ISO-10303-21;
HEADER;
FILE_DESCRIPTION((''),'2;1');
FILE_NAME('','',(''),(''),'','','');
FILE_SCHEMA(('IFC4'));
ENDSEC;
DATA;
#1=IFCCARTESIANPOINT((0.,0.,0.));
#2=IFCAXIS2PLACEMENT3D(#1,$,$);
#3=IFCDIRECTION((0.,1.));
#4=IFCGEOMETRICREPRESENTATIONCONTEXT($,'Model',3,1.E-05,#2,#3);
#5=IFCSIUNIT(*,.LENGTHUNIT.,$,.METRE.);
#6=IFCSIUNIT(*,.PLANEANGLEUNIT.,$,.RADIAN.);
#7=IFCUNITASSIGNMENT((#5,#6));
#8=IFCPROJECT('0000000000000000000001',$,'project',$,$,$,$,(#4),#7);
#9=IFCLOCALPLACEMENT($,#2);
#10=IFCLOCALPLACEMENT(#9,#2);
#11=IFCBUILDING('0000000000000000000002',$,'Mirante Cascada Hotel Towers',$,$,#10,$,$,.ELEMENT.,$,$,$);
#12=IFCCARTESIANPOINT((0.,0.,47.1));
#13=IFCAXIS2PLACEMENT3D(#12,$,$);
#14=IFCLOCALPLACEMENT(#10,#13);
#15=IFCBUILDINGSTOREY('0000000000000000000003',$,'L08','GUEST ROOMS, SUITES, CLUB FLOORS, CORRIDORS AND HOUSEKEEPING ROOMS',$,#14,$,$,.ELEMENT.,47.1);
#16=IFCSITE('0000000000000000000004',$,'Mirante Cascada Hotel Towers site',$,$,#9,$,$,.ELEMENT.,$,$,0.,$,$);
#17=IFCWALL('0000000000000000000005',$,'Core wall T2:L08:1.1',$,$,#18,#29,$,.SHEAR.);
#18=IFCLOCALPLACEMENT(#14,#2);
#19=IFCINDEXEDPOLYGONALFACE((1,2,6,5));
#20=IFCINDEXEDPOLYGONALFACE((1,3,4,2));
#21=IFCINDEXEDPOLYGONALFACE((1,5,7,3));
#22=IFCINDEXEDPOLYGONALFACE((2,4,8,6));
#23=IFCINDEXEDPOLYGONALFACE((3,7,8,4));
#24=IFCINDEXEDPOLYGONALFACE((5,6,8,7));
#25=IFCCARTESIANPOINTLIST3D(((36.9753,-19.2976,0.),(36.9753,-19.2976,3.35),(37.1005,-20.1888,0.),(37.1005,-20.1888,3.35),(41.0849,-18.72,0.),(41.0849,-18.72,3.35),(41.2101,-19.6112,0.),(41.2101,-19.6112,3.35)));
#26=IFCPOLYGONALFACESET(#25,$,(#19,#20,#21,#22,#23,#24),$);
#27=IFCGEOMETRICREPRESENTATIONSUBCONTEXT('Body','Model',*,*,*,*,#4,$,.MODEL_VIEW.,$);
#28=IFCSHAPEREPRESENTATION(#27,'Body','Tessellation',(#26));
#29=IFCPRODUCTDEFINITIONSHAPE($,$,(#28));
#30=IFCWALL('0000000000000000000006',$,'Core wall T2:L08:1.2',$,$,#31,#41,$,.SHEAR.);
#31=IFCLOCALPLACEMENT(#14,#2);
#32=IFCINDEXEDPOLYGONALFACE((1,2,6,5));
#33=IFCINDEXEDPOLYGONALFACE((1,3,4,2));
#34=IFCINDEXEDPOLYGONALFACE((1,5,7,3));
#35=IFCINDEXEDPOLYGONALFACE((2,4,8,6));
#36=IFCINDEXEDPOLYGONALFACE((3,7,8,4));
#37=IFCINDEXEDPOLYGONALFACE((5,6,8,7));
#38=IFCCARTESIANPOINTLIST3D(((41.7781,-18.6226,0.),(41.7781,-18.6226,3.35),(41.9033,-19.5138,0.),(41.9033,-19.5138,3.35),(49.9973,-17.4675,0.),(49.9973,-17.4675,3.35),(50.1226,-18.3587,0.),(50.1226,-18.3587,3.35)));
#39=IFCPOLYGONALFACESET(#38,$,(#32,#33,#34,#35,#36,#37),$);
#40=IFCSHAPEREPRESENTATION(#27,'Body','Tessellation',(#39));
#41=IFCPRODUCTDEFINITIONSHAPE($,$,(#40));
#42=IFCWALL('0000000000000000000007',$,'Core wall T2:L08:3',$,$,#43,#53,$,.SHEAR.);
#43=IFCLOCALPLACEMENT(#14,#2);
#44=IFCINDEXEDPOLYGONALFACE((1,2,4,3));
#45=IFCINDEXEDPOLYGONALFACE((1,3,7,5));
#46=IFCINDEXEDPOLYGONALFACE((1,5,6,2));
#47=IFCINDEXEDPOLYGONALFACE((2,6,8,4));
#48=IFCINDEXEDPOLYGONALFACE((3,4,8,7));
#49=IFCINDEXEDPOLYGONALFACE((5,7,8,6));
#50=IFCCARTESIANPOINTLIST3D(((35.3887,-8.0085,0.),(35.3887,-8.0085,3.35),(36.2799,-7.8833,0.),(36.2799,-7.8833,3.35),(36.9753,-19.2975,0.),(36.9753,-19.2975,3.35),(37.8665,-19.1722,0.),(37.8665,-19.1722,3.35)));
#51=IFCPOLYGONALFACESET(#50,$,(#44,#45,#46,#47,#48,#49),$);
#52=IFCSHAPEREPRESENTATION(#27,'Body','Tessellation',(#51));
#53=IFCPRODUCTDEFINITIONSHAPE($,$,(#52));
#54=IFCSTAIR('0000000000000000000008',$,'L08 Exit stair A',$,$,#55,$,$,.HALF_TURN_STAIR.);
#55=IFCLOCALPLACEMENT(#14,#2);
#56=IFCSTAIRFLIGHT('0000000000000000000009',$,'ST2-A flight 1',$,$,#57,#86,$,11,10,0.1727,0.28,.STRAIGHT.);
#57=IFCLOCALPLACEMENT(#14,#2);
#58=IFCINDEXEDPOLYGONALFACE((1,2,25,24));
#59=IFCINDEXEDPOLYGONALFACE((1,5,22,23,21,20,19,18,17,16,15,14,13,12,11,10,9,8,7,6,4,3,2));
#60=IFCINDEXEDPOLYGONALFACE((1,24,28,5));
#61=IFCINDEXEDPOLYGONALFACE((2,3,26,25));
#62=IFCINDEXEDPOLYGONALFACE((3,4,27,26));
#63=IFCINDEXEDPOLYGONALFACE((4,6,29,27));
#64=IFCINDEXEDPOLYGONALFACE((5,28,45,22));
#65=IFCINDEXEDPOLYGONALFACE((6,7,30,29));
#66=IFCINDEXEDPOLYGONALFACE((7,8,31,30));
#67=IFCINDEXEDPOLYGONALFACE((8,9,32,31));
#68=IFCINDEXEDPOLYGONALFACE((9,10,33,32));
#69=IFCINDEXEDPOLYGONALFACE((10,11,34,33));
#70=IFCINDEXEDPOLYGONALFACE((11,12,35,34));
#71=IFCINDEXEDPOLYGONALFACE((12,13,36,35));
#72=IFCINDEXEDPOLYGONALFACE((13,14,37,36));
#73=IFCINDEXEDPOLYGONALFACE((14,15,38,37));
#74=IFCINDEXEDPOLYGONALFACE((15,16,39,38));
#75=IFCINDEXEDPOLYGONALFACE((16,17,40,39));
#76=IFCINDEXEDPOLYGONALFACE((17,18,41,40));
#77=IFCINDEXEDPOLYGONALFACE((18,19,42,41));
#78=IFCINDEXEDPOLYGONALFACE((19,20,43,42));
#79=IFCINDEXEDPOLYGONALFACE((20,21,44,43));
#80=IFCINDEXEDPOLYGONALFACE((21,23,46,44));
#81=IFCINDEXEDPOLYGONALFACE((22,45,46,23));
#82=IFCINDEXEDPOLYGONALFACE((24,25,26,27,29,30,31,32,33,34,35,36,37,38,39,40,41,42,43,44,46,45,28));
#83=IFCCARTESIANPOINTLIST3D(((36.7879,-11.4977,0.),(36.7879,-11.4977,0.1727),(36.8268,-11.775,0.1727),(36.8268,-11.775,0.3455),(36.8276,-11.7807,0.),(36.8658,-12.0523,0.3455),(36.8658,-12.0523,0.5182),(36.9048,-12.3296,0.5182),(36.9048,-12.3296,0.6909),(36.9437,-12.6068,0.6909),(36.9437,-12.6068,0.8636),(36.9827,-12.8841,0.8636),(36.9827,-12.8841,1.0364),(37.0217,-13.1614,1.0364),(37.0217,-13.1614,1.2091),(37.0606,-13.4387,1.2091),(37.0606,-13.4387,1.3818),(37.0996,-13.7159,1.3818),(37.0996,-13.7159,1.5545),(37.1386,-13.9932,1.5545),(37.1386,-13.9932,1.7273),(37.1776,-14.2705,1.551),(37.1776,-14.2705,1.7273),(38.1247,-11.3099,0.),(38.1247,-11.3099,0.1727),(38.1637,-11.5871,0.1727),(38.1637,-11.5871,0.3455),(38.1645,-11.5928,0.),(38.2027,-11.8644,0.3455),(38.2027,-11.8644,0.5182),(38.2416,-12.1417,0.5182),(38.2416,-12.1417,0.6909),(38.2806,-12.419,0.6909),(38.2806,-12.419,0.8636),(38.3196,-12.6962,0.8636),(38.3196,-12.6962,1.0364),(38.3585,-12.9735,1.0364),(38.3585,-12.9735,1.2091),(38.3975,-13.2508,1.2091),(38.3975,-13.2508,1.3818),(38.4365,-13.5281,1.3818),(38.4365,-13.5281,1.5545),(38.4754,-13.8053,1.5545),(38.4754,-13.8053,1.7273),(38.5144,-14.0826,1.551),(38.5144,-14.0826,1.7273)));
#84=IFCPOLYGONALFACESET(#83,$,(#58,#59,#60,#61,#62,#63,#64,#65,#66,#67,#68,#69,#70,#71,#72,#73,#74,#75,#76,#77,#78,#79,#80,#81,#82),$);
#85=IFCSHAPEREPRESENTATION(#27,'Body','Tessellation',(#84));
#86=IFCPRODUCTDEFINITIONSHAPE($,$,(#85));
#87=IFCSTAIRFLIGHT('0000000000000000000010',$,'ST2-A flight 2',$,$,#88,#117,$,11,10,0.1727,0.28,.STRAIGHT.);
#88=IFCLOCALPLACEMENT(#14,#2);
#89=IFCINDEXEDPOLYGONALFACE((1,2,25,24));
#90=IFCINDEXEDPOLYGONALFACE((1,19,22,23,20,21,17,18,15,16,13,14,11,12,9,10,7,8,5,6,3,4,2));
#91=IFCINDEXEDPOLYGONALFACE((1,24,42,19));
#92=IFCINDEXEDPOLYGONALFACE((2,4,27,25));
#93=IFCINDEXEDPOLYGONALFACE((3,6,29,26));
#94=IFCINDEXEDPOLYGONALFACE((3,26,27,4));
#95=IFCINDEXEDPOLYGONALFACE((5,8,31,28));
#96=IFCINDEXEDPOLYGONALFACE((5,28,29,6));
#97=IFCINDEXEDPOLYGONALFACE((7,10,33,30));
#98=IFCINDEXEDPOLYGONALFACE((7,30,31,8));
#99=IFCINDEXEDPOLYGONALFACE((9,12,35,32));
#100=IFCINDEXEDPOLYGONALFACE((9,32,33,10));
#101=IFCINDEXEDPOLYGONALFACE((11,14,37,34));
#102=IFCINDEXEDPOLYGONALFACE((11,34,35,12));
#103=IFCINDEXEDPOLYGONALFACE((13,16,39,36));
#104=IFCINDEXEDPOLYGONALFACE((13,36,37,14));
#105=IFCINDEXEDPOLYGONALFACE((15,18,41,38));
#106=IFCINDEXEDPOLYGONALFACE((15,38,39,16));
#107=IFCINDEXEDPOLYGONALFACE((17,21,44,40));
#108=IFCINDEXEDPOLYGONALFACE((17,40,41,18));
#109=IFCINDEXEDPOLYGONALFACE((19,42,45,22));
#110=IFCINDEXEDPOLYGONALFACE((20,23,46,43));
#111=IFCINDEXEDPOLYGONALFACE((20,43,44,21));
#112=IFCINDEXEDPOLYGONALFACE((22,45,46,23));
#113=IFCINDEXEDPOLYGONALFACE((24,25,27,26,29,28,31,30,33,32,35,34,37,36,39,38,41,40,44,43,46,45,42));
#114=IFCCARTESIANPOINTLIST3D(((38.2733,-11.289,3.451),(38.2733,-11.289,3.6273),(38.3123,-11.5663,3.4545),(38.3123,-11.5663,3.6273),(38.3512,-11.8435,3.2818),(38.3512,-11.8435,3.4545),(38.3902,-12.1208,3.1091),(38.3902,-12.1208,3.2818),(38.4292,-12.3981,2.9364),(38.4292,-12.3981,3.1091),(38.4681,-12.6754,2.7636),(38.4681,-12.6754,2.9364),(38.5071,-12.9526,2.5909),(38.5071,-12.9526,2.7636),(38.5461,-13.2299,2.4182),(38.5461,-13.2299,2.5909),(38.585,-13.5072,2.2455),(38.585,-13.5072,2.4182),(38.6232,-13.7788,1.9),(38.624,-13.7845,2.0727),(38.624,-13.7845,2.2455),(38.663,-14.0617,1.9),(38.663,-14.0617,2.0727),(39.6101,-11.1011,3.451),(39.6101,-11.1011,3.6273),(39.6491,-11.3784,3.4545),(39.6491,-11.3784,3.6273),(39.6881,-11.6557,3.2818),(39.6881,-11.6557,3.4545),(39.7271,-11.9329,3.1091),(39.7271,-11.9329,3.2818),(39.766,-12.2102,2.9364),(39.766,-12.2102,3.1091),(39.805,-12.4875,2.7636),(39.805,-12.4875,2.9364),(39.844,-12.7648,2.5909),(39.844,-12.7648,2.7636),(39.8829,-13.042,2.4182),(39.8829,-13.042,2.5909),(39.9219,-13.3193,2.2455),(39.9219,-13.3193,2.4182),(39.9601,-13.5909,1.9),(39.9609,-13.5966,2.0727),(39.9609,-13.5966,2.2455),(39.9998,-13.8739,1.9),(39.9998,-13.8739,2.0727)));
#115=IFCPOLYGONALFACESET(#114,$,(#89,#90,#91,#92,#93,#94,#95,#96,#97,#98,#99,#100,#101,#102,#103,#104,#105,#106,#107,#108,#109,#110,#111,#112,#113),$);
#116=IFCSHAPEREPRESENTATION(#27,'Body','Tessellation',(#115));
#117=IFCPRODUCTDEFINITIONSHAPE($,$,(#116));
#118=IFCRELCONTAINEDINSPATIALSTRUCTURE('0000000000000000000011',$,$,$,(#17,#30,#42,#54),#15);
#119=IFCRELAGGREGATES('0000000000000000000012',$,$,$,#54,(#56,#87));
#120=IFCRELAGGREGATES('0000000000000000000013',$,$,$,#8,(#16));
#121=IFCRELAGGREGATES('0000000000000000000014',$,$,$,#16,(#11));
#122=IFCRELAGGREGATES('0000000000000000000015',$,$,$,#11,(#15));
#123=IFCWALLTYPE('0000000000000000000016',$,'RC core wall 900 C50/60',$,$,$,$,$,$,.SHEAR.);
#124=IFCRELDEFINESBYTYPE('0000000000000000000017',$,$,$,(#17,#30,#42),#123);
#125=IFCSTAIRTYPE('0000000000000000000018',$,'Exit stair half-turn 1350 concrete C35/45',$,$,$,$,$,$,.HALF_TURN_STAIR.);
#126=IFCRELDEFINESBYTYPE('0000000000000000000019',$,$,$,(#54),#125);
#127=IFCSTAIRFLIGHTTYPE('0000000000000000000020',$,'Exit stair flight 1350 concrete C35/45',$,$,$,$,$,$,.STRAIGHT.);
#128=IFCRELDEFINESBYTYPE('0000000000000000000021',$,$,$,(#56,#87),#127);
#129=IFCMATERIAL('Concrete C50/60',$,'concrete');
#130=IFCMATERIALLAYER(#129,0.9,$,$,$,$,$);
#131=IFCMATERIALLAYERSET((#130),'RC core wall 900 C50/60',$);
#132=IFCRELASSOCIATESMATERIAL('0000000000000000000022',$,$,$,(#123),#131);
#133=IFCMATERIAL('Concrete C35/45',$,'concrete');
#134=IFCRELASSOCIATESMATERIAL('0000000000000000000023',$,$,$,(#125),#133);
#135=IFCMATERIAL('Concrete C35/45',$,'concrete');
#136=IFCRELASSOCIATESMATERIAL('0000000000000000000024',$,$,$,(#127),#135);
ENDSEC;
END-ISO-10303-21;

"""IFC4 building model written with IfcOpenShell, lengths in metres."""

from ifc_helpers import new_model, si_unit, direction, frame, frame_2d, origin, place, context, subcontext, project, spatial, polyline, rectangle, outline, extrude, material, layer, layer_set, type_object, element, aggregate, save


model = new_model("IFC4")

# Units and contexts
model_context = context("Model", 3, precision=1e-05, world=origin(), true_north=direction((0.0, 1.0)))
body_context = subcontext(model_context, "Body", "Model", "MODEL_VIEW")
ifc_project = project(units=[si_unit("LENGTHUNIT", "METRE"), si_unit("PLANEANGLEUNIT", "RADIAN")], contexts=[model_context])

# Site, building, storey
site_placement = place(None, origin())
site = spatial("IfcSite", under=ifc_project, at=site_placement, Name="Mirante Cascada Hotel Towers site", CompositionType="ELEMENT", RefElevation=0.0)
building_placement = place(site_placement, origin())
building = spatial("IfcBuilding", under=site, at=building_placement, Name="Mirante Cascada Hotel Towers", CompositionType="ELEMENT")
storey_placement = place(building_placement, frame((0.0, 0.0, 47.1)))
storey = spatial("IfcBuildingStorey", under=building, at=storey_placement, Name="L08", Description="GUEST ROOMS, SUITES, CLUB FLOORS, CORRIDORS AND HOUSEKEEPING ROOMS", CompositionType="ELEMENT", Elevation=47.1)

# Walls
ifc_material_1 = material(Name="Concrete C50/60", Category="concrete")
ifc_layer_1 = layer(ifc_material_1, 0.9)
ifc_layer_set_1 = layer_set([ifc_layer_1], Name="RC core wall 900 C50/60")
wall_type_1 = type_object("IfcWallType", Name="RC core wall 900 C50/60", PredefinedType="SHEAR", material=ifc_layer_set_1)
wall_1_placement = place(storey_placement, frame((37.0379, -19.7432, 0.0), z_axis=(0.0, 0.0, 1.0), x_axis=(0.990267, 0.139181, 0.0)))
element("IfcWall", 1, at=wall_1_placement, inside=storey, type_object=wall_type_1, Name="Core wall T2:L08:1.1", PredefinedType="SHEAR", context=body_context, shape_type="SweptSolid", body=[
    extrude(rectangle(XDim=4.15, YDim=0.9, at=frame_2d((2.075, 0.0))), origin(), (0.0, 0.0, 1.0), 3.35),
])
wall_2_placement = place(storey_placement, frame((41.8407, -19.0682, 0.0), z_axis=(0.0, 0.0, 1.0), x_axis=(0.990269, 0.139169, 0.0)))
element("IfcWall", 2, at=wall_2_placement, inside=storey, type_object=wall_type_1, Name="Core wall T2:L08:1.2", PredefinedType="SHEAR", context=body_context, shape_type="SweptSolid", body=[
    extrude(rectangle(XDim=8.3, YDim=0.9, at=frame_2d((4.15, 0.0))), origin(), (0.0, 0.0, 1.0), 3.35),
])
wall_3_placement = place(storey_placement, frame((37.4209, -19.2349, 0.0), z_axis=(0.0, 0.0, 1.0), x_axis=(-0.139176, 0.990268, 0.0)))
element("IfcWall", 3, at=wall_3_placement, inside=storey, type_object=wall_type_1, Name="Core wall T2:L08:3", PredefinedType="SHEAR", context=body_context, shape_type="SweptSolid", body=[
    extrude(rectangle(XDim=11.3999, YDim=0.9, at=frame_2d((5.7, 0.0))), origin(), (0.0, 0.0, 1.0), 3.35),
])

# Stair, stair flights
ifc_material_2 = material(Name="Concrete C35/45", Category="concrete")
stair_type = type_object("IfcStairType", Name="Exit stair half-turn 1350 concrete C35/45", PredefinedType="HALF_TURN_STAIR", material=ifc_material_2)
stair_placement = place(storey_placement, origin())
stair = element("IfcStair", 4, at=stair_placement, inside=storey, type_object=stair_type, Name="L08 Exit stair A", PredefinedType="HALF_TURN_STAIR")
ifc_material_3 = material(Name="Concrete C35/45", Category="concrete")
stair_flight_type = type_object("IfcStairFlightType", Name="Exit stair flight 1350 concrete C35/45", PredefinedType="STRAIGHT", material=ifc_material_3)
stair_flight_1_placement = place(storey_placement, frame((37.4563, -11.4038, 0.0), z_axis=(0.0, 0.0, 1.0), x_axis=(0.139173, -0.990268, 0.0)))
stair_flight_1 = element("IfcStairFlight", 5, at=stair_flight_1_placement, type_object=stair_flight_type, Name="ST2-A flight 1", NumberOfRisers=11, NumberOfTreads=10, PredefinedType="STRAIGHT", RiserHeight=0.1727, TreadLength=0.28, context=body_context, shape_type="SweptSolid", body=[
    extrude(outline(polyline([(0.0, 0.0), (0.0, 0.1727), (0.28, 0.1727), (0.28, 0.3455), (0.56, 0.3455), (0.56, 0.5182), (0.84, 0.5182), (0.84, 0.6909), (1.12, 0.6909), (1.12, 0.8636), (1.4, 0.8636), (1.4, 1.0364), (1.68, 1.0364), (1.68, 1.2091), (1.96, 1.2091), (1.96, 1.3818), (2.24, 1.3818), (2.24, 1.5545), (2.52, 1.5545), (2.52, 1.7273), (2.8, 1.7273), (2.8, 1.9), (2.8, 1.551), (0.2857, 0.0), (0.0, 0.0)])), frame((0.0, 0.675, 0.0), z_axis=(0.0, -1.0, 0.0), x_axis=(1.0, 0.0, 0.0)), (0.0, 0.0, 1.0), 1.35),
])
stair_flight_2_placement = place(storey_placement, frame((39.3314, -13.9678, 1.9), z_axis=(0.0, 0.0, 1.0), x_axis=(-0.139173, 0.990268, 0.0)))
stair_flight_2 = element("IfcStairFlight", 6, at=stair_flight_2_placement, type_object=stair_flight_type, Name="ST2-A flight 2", NumberOfRisers=11, NumberOfTreads=10, PredefinedType="STRAIGHT", RiserHeight=0.1727, TreadLength=0.28, context=body_context, shape_type="SweptSolid", body=[
    extrude(outline(polyline([(0.0, 0.0), (0.0, 0.1727), (0.28, 0.1727), (0.28, 0.3455), (0.56, 0.3455), (0.56, 0.5182), (0.84, 0.5182), (0.84, 0.6909), (1.12, 0.6909), (1.12, 0.8636), (1.4, 0.8636), (1.4, 1.0364), (1.68, 1.0364), (1.68, 1.2091), (1.96, 1.2091), (1.96, 1.3818), (2.24, 1.3818), (2.24, 1.5545), (2.52, 1.5545), (2.52, 1.7273), (2.8, 1.7273), (2.8, 1.9), (2.8, 1.551), (0.2857, 0.0), (0.0, 0.0)])), frame((0.0, 0.675, 0.0), z_axis=(0.0, -1.0, 0.0), x_axis=(1.0, 0.0, 0.0)), (0.0, 0.0, 1.0), 1.35),
])
aggregate(stair, [stair_flight_1, stair_flight_2])

save(model, "model.ifc")
